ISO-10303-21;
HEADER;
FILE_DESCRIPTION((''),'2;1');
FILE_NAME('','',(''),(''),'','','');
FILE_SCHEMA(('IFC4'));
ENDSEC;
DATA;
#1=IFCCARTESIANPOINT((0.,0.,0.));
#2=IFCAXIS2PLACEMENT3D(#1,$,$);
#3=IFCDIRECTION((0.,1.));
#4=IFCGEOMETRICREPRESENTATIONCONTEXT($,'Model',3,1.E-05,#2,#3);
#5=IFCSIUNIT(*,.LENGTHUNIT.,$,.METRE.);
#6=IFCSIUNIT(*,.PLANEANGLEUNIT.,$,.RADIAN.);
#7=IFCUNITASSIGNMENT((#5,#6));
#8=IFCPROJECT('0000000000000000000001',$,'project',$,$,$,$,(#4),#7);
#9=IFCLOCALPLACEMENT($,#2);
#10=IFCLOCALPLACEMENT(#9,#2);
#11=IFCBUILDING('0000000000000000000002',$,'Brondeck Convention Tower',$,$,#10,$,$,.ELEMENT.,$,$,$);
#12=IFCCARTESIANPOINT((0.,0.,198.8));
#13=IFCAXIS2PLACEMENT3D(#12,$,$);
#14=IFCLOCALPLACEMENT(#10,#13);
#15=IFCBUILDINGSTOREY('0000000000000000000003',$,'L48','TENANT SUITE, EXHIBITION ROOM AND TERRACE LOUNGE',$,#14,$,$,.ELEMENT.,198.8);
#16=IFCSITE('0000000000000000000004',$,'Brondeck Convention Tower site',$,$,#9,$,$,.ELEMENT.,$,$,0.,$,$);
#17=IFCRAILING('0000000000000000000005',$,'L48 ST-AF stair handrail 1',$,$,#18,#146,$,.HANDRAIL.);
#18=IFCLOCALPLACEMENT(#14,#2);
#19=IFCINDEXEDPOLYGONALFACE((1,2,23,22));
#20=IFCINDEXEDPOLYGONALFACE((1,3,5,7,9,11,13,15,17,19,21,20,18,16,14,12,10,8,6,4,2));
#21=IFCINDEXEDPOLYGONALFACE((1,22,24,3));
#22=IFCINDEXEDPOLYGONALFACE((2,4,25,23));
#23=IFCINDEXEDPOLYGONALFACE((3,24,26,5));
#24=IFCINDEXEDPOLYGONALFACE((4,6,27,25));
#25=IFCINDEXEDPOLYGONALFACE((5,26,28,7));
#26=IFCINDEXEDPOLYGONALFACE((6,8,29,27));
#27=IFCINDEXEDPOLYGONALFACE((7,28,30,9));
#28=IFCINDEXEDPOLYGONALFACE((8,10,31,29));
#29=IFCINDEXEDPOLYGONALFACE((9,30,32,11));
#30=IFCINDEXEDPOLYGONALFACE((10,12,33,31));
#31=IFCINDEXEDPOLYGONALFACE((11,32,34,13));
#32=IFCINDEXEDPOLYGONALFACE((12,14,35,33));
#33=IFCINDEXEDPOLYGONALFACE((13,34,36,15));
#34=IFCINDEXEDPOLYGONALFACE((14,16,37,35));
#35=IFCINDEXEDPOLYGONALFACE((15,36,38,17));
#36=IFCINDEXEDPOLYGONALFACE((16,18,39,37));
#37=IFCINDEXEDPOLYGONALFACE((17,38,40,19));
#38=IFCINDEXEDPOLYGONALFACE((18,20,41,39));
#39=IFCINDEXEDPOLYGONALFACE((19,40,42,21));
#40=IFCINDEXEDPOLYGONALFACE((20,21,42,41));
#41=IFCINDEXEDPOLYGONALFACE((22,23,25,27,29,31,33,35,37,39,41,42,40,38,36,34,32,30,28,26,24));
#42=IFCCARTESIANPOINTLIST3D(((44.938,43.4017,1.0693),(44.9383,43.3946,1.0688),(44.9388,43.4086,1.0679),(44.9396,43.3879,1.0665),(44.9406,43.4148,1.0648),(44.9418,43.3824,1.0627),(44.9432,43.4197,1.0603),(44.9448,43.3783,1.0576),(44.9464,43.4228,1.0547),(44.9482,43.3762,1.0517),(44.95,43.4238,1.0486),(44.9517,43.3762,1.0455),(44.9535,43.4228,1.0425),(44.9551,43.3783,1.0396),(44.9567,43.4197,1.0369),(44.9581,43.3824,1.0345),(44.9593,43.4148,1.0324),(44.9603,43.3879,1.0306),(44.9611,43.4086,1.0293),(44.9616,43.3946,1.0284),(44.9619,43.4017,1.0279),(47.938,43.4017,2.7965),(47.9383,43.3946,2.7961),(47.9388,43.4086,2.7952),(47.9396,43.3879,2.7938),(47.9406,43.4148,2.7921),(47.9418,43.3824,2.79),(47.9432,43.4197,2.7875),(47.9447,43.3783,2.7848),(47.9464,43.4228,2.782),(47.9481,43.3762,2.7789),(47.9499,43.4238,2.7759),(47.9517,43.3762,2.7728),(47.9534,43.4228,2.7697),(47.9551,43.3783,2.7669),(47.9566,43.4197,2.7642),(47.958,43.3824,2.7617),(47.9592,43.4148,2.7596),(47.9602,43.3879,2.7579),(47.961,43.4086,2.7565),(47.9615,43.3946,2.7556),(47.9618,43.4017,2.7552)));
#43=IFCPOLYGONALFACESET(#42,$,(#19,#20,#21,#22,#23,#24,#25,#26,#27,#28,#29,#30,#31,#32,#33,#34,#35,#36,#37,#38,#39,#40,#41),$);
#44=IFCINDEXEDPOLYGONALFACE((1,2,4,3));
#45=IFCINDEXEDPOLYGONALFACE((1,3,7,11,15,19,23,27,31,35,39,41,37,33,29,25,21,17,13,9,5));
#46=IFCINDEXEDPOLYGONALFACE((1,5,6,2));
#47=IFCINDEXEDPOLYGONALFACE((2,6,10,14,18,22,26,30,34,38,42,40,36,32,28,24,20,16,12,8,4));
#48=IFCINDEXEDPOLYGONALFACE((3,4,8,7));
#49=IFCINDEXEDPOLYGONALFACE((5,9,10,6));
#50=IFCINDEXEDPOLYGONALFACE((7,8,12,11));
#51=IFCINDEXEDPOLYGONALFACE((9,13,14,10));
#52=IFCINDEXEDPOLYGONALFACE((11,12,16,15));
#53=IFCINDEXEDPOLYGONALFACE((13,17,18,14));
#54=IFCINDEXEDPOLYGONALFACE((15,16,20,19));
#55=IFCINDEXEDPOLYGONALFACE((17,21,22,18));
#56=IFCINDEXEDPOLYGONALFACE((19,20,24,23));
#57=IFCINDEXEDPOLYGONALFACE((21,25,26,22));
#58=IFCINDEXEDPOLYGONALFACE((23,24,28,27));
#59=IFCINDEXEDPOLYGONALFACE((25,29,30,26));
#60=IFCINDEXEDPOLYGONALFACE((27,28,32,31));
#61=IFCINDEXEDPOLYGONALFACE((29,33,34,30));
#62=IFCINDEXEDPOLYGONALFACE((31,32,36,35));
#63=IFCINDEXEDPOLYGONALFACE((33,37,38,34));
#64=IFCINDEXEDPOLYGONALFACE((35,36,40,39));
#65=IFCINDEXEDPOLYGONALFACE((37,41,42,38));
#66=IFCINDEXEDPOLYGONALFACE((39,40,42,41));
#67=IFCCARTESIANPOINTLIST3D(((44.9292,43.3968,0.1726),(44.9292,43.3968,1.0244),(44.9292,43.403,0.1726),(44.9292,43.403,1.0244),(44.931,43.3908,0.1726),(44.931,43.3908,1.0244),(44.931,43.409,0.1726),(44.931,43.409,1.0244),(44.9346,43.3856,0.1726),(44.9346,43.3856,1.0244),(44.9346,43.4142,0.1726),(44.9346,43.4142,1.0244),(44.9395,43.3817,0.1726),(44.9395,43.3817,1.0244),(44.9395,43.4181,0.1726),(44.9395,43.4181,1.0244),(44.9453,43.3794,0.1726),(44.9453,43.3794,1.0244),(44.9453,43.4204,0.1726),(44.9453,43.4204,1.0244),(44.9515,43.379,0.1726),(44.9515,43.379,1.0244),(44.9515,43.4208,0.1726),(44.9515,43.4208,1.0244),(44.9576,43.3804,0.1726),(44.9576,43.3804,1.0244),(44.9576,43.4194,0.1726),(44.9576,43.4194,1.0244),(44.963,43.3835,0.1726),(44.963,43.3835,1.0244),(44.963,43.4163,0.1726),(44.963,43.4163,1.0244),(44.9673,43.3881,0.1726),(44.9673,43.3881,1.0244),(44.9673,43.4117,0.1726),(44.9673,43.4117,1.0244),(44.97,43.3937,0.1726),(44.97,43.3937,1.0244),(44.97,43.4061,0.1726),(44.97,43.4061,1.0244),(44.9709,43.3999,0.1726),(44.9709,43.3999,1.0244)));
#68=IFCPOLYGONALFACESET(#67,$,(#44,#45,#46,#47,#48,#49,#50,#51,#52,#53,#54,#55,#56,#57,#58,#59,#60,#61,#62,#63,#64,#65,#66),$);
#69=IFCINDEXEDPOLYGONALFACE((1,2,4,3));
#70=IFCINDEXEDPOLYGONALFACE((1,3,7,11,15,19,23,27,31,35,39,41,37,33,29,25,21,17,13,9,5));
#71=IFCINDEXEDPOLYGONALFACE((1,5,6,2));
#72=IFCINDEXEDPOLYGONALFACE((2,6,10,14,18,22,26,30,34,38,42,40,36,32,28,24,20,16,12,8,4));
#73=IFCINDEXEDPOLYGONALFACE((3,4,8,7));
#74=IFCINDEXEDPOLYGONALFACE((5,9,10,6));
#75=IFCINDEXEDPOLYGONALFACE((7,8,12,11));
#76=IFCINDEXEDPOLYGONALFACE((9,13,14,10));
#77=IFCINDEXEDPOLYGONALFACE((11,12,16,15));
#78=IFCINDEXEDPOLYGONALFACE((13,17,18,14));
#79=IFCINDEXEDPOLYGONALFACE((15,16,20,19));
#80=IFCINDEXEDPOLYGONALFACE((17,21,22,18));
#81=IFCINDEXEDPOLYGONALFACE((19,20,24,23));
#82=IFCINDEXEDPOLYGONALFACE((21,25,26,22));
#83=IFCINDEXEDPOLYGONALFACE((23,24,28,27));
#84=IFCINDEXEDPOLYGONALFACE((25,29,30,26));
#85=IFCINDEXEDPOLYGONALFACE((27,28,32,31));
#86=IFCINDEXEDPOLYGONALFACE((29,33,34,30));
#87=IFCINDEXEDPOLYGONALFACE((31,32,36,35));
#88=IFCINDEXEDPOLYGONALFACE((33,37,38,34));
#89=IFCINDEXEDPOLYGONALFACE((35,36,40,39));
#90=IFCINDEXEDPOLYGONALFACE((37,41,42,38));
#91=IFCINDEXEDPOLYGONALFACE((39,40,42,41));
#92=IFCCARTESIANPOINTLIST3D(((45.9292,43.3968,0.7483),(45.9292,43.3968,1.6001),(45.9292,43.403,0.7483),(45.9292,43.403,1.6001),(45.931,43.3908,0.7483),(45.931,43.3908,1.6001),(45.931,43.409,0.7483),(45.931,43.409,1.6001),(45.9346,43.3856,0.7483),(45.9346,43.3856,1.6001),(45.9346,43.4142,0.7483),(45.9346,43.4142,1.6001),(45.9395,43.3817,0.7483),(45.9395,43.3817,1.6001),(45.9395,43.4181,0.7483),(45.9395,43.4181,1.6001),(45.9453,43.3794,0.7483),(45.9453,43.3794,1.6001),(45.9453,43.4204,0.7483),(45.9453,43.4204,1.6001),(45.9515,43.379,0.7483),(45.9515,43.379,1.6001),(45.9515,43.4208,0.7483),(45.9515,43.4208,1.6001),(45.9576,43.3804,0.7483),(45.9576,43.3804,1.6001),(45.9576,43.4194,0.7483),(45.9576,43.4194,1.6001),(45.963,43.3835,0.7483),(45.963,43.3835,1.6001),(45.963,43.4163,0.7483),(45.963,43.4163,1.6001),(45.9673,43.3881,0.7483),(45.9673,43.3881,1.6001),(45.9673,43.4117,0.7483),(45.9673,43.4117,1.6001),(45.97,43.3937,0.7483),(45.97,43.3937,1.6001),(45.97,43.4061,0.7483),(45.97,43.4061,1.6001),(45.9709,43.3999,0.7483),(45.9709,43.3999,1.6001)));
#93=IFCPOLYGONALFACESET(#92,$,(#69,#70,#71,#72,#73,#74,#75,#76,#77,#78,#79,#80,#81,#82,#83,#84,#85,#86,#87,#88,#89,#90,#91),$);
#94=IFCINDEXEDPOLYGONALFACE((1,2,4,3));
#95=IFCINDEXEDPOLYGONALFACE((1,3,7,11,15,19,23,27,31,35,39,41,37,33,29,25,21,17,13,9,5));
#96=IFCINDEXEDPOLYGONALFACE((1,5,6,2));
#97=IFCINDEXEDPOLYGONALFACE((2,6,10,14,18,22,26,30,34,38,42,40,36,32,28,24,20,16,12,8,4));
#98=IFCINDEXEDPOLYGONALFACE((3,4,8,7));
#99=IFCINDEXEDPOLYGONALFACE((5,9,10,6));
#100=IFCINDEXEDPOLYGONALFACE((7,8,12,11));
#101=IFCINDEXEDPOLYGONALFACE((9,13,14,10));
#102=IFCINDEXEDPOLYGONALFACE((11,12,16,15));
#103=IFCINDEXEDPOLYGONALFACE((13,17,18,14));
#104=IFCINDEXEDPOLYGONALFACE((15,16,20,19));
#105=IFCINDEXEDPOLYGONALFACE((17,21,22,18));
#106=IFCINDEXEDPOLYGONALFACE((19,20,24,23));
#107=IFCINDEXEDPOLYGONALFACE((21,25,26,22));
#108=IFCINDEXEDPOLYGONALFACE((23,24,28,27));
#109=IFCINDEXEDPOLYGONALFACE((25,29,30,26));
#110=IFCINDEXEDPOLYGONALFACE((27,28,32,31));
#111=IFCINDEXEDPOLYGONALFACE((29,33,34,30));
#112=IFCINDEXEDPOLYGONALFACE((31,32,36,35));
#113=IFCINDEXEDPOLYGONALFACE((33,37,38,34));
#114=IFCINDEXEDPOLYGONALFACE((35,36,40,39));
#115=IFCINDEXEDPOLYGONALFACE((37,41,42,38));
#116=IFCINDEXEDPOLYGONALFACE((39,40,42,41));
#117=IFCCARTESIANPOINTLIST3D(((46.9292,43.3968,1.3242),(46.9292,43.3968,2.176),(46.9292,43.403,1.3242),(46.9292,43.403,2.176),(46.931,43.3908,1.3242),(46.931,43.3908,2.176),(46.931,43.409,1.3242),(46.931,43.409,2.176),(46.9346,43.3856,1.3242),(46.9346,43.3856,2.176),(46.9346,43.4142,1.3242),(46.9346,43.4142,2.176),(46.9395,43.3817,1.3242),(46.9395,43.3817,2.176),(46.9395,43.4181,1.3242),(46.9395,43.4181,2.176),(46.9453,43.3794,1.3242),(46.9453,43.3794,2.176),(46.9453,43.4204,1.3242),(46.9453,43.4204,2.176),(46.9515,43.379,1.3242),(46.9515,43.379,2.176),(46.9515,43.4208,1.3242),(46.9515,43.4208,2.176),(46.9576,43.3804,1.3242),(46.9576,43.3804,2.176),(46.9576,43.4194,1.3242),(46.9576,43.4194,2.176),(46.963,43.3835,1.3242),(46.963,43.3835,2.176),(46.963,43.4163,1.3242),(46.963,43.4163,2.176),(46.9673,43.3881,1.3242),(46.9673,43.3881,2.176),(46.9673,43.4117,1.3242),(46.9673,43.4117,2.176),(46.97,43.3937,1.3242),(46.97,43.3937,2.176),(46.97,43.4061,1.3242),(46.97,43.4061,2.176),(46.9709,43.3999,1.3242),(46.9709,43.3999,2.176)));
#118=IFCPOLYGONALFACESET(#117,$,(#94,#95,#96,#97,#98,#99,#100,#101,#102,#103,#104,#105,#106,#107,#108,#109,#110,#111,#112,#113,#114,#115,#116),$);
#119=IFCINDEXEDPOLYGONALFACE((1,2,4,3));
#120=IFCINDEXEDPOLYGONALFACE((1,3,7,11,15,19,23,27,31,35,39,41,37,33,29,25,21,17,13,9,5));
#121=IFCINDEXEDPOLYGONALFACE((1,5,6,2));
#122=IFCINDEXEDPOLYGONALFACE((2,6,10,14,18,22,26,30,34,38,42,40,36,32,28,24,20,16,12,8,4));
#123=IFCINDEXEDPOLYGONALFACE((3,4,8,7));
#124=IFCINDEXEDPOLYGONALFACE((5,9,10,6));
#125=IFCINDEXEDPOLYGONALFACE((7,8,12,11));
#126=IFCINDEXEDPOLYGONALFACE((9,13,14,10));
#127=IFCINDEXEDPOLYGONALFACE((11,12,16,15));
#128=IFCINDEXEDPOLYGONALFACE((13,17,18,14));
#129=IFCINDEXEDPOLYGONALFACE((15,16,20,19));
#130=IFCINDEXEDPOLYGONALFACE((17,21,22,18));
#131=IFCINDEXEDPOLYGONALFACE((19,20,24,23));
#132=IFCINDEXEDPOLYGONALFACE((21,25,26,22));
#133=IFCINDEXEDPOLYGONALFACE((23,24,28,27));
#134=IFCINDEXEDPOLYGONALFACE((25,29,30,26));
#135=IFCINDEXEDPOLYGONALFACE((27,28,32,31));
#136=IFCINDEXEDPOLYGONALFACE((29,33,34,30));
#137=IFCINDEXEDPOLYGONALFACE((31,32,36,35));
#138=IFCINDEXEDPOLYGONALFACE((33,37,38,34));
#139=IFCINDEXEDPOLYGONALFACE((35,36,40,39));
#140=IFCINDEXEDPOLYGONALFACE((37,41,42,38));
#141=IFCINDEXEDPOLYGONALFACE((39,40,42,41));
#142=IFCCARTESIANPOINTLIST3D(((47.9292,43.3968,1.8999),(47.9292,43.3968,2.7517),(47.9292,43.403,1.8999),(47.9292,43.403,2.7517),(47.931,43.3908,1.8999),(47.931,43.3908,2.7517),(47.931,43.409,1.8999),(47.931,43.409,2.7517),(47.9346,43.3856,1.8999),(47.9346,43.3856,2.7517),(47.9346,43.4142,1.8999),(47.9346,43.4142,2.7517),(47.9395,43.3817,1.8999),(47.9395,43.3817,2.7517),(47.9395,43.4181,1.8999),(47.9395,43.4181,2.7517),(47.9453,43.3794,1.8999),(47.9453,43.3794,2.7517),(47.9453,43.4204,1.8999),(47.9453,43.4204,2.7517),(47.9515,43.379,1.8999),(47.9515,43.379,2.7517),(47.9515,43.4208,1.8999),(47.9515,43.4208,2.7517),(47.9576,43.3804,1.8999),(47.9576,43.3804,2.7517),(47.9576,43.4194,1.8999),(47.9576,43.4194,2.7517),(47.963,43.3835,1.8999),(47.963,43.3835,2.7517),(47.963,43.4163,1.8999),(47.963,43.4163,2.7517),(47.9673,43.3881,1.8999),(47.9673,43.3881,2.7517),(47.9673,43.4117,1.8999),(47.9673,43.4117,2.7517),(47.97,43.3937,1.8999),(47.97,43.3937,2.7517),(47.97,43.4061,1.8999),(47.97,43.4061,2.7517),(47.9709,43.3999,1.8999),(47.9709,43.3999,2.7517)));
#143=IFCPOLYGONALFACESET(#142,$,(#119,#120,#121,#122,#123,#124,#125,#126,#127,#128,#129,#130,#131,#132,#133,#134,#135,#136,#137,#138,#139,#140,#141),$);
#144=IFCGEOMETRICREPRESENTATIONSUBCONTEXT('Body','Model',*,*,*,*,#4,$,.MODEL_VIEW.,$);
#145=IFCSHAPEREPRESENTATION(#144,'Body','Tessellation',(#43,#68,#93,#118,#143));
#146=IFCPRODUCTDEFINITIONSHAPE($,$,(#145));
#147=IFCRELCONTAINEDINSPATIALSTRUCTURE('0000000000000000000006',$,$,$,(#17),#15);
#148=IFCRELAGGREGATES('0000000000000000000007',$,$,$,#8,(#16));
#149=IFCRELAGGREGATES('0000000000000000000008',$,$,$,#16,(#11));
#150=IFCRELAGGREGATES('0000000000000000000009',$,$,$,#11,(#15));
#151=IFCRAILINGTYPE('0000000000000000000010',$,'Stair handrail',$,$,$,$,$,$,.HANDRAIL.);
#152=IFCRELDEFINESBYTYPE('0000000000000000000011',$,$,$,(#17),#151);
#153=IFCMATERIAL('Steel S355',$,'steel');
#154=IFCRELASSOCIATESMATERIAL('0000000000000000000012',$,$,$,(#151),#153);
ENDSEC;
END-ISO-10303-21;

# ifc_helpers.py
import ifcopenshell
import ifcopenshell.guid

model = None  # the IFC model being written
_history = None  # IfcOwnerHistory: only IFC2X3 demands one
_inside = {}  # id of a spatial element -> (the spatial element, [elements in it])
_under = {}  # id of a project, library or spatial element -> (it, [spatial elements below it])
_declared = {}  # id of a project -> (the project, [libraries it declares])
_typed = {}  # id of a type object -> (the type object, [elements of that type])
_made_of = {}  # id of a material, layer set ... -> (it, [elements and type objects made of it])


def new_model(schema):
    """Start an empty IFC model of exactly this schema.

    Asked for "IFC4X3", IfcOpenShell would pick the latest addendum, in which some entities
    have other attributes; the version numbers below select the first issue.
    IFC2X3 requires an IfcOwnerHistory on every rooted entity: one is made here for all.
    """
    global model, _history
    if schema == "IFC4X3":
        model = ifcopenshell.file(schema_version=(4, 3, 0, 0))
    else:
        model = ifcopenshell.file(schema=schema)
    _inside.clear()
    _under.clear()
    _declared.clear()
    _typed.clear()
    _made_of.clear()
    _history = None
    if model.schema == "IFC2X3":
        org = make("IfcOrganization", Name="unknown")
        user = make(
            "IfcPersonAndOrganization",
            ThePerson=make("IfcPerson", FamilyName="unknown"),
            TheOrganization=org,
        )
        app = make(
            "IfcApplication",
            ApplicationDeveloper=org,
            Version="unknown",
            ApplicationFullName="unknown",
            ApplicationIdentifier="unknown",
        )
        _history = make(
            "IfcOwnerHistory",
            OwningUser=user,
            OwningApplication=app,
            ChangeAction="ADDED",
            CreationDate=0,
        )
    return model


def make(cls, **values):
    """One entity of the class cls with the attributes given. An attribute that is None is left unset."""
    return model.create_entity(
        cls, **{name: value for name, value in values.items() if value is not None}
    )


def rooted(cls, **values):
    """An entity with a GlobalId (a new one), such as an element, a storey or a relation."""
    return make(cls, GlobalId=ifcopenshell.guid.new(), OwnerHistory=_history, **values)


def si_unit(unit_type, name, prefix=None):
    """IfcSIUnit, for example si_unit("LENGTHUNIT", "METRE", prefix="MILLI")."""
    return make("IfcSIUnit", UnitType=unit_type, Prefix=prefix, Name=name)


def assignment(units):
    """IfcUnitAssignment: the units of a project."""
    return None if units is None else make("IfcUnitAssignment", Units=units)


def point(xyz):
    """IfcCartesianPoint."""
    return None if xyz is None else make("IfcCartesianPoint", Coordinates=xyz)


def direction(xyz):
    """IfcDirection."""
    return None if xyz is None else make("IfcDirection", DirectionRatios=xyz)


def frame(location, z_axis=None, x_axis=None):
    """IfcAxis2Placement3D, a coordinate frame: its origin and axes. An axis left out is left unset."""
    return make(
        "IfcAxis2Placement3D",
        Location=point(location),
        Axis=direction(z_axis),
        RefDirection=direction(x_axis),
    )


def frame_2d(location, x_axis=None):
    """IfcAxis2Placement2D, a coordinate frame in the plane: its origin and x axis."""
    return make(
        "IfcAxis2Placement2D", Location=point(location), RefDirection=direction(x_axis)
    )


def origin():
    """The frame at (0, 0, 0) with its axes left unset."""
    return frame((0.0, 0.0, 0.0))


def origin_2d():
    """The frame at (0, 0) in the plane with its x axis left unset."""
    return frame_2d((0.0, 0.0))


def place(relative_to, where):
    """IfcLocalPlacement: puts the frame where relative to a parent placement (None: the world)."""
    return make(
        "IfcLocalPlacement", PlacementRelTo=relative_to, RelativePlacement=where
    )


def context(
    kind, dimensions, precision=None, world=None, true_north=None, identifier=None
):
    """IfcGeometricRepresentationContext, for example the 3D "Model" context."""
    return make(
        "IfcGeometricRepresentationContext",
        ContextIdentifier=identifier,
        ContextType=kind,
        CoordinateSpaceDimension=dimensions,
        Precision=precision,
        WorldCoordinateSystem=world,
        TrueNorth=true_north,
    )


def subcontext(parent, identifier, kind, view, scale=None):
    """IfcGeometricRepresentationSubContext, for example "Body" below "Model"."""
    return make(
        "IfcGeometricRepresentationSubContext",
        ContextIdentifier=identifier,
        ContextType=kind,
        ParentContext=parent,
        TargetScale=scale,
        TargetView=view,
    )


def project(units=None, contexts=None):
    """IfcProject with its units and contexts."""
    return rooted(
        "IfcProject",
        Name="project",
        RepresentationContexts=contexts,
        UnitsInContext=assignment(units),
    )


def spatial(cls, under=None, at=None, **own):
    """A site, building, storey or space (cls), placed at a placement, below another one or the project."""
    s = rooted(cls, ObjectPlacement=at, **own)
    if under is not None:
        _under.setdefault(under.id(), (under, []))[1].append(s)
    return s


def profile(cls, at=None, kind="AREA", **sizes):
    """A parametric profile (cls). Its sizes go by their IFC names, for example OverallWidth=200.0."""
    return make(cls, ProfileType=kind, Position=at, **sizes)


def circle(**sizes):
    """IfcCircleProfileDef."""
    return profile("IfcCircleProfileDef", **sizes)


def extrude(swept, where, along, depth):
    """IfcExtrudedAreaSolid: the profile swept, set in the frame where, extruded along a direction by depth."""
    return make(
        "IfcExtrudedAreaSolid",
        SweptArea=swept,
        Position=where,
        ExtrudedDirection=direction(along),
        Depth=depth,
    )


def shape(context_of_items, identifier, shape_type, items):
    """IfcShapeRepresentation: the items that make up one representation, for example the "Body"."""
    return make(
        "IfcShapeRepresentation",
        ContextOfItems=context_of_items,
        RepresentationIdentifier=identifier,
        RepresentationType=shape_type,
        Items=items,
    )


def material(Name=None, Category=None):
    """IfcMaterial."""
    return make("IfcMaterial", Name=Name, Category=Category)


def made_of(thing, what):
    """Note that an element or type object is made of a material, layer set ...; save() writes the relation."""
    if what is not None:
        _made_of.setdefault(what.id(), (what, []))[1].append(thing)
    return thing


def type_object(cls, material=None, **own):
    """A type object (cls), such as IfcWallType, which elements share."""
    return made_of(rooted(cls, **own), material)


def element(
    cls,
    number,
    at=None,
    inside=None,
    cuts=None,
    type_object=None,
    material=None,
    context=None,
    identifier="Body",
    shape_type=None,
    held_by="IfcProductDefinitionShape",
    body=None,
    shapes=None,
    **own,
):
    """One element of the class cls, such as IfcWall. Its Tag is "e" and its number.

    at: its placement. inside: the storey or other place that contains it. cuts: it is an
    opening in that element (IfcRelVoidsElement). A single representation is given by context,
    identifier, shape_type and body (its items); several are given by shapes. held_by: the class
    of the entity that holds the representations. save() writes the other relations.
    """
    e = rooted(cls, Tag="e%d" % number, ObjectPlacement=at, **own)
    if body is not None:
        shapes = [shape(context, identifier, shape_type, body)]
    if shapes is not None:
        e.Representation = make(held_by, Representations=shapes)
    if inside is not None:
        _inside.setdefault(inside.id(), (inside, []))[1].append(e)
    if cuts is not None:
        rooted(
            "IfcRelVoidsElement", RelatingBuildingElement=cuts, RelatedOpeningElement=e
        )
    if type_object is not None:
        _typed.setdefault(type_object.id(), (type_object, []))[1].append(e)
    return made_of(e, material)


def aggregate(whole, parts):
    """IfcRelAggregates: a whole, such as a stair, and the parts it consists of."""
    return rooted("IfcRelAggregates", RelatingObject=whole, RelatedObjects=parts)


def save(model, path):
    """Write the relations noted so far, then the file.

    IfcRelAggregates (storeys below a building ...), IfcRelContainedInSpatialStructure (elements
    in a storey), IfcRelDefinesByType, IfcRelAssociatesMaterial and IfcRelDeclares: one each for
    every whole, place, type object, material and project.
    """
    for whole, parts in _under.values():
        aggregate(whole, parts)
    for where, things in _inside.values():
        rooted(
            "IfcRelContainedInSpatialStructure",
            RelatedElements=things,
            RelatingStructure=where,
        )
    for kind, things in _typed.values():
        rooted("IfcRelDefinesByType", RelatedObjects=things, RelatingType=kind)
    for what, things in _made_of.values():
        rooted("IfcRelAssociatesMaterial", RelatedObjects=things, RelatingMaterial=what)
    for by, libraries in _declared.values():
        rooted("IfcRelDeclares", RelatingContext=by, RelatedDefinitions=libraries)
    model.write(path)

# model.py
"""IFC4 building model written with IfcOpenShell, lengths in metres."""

from ifc_helpers import new_model, si_unit, direction, frame, origin, origin_2d, place, context, subcontext, project, spatial, circle, extrude, material, type_object, element, save


model = new_model("IFC4")

# Units and contexts
model_context = context("Model", 3, precision=1e-05, world=origin(), true_north=direction((0.0, 1.0)))
body_context = subcontext(model_context, "Body", "Model", "MODEL_VIEW")
ifc_project = project(units=[si_unit("LENGTHUNIT", "METRE"), si_unit("PLANEANGLEUNIT", "RADIAN")], contexts=[model_context])

# Site, building, storey
site_placement = place(None, origin())
site = spatial("IfcSite", under=ifc_project, at=site_placement, Name="Brondeck Convention Tower site", CompositionType="ELEMENT", RefElevation=0.0)
building_placement = place(site_placement, origin())
building = spatial("IfcBuilding", under=site, at=building_placement, Name="Brondeck Convention Tower", CompositionType="ELEMENT")
storey_placement = place(building_placement, frame((0.0, 0.0, 198.8)))
storey = spatial("IfcBuildingStorey", under=building, at=storey_placement, Name="L48", Description="TENANT SUITE, EXHIBITION ROOM AND TERRACE LOUNGE", CompositionType="ELEMENT", Elevation=198.8)

# Shared definitions
ifc_material_1 = material(Name="Steel S355", Category="steel")

# Railing
railing_type = type_object("IfcRailingType", Name="Stair handrail", PredefinedType="HANDRAIL", material=ifc_material_1)
railing_placement = place(storey_placement, frame((44.95, 43.3999, 0.1726)))
element("IfcRailing", 1, at=railing_placement, inside=storey, type_object=railing_type, Name="L48 ST-AF stair handrail 1", PredefinedType="HANDRAIL", context=body_context, shape_type="SweptSolid", body=[
    extrude(circle(Radius=0.0239, at=origin_2d()), frame((0.0, 0.0, 0.876), z_axis=(0.86662, 0.0, 0.498969), x_axis=(0.0, 1.0, 0.0)), (0.0, 0.0, 1.0), 3.4617),
    extrude(circle(Radius=0.021, at=origin_2d()), origin(), (0.0, 0.0, 1.0), 0.8518),
    extrude(circle(Radius=0.021, at=origin_2d()), frame((1.0, 0.0, 0.5757)), (0.0, 0.0, 1.0), 0.8518),
    extrude(circle(Radius=0.021, at=origin_2d()), frame((2.0, 0.0, 1.1516)), (0.0, 0.0, 1.0), 0.8518),
    extrude(circle(Radius=0.021, at=origin_2d()), frame((3.0, 0.0, 1.7273)), (0.0, 0.0, 1.0), 0.8518),
])

save(model, "model.ifc")
